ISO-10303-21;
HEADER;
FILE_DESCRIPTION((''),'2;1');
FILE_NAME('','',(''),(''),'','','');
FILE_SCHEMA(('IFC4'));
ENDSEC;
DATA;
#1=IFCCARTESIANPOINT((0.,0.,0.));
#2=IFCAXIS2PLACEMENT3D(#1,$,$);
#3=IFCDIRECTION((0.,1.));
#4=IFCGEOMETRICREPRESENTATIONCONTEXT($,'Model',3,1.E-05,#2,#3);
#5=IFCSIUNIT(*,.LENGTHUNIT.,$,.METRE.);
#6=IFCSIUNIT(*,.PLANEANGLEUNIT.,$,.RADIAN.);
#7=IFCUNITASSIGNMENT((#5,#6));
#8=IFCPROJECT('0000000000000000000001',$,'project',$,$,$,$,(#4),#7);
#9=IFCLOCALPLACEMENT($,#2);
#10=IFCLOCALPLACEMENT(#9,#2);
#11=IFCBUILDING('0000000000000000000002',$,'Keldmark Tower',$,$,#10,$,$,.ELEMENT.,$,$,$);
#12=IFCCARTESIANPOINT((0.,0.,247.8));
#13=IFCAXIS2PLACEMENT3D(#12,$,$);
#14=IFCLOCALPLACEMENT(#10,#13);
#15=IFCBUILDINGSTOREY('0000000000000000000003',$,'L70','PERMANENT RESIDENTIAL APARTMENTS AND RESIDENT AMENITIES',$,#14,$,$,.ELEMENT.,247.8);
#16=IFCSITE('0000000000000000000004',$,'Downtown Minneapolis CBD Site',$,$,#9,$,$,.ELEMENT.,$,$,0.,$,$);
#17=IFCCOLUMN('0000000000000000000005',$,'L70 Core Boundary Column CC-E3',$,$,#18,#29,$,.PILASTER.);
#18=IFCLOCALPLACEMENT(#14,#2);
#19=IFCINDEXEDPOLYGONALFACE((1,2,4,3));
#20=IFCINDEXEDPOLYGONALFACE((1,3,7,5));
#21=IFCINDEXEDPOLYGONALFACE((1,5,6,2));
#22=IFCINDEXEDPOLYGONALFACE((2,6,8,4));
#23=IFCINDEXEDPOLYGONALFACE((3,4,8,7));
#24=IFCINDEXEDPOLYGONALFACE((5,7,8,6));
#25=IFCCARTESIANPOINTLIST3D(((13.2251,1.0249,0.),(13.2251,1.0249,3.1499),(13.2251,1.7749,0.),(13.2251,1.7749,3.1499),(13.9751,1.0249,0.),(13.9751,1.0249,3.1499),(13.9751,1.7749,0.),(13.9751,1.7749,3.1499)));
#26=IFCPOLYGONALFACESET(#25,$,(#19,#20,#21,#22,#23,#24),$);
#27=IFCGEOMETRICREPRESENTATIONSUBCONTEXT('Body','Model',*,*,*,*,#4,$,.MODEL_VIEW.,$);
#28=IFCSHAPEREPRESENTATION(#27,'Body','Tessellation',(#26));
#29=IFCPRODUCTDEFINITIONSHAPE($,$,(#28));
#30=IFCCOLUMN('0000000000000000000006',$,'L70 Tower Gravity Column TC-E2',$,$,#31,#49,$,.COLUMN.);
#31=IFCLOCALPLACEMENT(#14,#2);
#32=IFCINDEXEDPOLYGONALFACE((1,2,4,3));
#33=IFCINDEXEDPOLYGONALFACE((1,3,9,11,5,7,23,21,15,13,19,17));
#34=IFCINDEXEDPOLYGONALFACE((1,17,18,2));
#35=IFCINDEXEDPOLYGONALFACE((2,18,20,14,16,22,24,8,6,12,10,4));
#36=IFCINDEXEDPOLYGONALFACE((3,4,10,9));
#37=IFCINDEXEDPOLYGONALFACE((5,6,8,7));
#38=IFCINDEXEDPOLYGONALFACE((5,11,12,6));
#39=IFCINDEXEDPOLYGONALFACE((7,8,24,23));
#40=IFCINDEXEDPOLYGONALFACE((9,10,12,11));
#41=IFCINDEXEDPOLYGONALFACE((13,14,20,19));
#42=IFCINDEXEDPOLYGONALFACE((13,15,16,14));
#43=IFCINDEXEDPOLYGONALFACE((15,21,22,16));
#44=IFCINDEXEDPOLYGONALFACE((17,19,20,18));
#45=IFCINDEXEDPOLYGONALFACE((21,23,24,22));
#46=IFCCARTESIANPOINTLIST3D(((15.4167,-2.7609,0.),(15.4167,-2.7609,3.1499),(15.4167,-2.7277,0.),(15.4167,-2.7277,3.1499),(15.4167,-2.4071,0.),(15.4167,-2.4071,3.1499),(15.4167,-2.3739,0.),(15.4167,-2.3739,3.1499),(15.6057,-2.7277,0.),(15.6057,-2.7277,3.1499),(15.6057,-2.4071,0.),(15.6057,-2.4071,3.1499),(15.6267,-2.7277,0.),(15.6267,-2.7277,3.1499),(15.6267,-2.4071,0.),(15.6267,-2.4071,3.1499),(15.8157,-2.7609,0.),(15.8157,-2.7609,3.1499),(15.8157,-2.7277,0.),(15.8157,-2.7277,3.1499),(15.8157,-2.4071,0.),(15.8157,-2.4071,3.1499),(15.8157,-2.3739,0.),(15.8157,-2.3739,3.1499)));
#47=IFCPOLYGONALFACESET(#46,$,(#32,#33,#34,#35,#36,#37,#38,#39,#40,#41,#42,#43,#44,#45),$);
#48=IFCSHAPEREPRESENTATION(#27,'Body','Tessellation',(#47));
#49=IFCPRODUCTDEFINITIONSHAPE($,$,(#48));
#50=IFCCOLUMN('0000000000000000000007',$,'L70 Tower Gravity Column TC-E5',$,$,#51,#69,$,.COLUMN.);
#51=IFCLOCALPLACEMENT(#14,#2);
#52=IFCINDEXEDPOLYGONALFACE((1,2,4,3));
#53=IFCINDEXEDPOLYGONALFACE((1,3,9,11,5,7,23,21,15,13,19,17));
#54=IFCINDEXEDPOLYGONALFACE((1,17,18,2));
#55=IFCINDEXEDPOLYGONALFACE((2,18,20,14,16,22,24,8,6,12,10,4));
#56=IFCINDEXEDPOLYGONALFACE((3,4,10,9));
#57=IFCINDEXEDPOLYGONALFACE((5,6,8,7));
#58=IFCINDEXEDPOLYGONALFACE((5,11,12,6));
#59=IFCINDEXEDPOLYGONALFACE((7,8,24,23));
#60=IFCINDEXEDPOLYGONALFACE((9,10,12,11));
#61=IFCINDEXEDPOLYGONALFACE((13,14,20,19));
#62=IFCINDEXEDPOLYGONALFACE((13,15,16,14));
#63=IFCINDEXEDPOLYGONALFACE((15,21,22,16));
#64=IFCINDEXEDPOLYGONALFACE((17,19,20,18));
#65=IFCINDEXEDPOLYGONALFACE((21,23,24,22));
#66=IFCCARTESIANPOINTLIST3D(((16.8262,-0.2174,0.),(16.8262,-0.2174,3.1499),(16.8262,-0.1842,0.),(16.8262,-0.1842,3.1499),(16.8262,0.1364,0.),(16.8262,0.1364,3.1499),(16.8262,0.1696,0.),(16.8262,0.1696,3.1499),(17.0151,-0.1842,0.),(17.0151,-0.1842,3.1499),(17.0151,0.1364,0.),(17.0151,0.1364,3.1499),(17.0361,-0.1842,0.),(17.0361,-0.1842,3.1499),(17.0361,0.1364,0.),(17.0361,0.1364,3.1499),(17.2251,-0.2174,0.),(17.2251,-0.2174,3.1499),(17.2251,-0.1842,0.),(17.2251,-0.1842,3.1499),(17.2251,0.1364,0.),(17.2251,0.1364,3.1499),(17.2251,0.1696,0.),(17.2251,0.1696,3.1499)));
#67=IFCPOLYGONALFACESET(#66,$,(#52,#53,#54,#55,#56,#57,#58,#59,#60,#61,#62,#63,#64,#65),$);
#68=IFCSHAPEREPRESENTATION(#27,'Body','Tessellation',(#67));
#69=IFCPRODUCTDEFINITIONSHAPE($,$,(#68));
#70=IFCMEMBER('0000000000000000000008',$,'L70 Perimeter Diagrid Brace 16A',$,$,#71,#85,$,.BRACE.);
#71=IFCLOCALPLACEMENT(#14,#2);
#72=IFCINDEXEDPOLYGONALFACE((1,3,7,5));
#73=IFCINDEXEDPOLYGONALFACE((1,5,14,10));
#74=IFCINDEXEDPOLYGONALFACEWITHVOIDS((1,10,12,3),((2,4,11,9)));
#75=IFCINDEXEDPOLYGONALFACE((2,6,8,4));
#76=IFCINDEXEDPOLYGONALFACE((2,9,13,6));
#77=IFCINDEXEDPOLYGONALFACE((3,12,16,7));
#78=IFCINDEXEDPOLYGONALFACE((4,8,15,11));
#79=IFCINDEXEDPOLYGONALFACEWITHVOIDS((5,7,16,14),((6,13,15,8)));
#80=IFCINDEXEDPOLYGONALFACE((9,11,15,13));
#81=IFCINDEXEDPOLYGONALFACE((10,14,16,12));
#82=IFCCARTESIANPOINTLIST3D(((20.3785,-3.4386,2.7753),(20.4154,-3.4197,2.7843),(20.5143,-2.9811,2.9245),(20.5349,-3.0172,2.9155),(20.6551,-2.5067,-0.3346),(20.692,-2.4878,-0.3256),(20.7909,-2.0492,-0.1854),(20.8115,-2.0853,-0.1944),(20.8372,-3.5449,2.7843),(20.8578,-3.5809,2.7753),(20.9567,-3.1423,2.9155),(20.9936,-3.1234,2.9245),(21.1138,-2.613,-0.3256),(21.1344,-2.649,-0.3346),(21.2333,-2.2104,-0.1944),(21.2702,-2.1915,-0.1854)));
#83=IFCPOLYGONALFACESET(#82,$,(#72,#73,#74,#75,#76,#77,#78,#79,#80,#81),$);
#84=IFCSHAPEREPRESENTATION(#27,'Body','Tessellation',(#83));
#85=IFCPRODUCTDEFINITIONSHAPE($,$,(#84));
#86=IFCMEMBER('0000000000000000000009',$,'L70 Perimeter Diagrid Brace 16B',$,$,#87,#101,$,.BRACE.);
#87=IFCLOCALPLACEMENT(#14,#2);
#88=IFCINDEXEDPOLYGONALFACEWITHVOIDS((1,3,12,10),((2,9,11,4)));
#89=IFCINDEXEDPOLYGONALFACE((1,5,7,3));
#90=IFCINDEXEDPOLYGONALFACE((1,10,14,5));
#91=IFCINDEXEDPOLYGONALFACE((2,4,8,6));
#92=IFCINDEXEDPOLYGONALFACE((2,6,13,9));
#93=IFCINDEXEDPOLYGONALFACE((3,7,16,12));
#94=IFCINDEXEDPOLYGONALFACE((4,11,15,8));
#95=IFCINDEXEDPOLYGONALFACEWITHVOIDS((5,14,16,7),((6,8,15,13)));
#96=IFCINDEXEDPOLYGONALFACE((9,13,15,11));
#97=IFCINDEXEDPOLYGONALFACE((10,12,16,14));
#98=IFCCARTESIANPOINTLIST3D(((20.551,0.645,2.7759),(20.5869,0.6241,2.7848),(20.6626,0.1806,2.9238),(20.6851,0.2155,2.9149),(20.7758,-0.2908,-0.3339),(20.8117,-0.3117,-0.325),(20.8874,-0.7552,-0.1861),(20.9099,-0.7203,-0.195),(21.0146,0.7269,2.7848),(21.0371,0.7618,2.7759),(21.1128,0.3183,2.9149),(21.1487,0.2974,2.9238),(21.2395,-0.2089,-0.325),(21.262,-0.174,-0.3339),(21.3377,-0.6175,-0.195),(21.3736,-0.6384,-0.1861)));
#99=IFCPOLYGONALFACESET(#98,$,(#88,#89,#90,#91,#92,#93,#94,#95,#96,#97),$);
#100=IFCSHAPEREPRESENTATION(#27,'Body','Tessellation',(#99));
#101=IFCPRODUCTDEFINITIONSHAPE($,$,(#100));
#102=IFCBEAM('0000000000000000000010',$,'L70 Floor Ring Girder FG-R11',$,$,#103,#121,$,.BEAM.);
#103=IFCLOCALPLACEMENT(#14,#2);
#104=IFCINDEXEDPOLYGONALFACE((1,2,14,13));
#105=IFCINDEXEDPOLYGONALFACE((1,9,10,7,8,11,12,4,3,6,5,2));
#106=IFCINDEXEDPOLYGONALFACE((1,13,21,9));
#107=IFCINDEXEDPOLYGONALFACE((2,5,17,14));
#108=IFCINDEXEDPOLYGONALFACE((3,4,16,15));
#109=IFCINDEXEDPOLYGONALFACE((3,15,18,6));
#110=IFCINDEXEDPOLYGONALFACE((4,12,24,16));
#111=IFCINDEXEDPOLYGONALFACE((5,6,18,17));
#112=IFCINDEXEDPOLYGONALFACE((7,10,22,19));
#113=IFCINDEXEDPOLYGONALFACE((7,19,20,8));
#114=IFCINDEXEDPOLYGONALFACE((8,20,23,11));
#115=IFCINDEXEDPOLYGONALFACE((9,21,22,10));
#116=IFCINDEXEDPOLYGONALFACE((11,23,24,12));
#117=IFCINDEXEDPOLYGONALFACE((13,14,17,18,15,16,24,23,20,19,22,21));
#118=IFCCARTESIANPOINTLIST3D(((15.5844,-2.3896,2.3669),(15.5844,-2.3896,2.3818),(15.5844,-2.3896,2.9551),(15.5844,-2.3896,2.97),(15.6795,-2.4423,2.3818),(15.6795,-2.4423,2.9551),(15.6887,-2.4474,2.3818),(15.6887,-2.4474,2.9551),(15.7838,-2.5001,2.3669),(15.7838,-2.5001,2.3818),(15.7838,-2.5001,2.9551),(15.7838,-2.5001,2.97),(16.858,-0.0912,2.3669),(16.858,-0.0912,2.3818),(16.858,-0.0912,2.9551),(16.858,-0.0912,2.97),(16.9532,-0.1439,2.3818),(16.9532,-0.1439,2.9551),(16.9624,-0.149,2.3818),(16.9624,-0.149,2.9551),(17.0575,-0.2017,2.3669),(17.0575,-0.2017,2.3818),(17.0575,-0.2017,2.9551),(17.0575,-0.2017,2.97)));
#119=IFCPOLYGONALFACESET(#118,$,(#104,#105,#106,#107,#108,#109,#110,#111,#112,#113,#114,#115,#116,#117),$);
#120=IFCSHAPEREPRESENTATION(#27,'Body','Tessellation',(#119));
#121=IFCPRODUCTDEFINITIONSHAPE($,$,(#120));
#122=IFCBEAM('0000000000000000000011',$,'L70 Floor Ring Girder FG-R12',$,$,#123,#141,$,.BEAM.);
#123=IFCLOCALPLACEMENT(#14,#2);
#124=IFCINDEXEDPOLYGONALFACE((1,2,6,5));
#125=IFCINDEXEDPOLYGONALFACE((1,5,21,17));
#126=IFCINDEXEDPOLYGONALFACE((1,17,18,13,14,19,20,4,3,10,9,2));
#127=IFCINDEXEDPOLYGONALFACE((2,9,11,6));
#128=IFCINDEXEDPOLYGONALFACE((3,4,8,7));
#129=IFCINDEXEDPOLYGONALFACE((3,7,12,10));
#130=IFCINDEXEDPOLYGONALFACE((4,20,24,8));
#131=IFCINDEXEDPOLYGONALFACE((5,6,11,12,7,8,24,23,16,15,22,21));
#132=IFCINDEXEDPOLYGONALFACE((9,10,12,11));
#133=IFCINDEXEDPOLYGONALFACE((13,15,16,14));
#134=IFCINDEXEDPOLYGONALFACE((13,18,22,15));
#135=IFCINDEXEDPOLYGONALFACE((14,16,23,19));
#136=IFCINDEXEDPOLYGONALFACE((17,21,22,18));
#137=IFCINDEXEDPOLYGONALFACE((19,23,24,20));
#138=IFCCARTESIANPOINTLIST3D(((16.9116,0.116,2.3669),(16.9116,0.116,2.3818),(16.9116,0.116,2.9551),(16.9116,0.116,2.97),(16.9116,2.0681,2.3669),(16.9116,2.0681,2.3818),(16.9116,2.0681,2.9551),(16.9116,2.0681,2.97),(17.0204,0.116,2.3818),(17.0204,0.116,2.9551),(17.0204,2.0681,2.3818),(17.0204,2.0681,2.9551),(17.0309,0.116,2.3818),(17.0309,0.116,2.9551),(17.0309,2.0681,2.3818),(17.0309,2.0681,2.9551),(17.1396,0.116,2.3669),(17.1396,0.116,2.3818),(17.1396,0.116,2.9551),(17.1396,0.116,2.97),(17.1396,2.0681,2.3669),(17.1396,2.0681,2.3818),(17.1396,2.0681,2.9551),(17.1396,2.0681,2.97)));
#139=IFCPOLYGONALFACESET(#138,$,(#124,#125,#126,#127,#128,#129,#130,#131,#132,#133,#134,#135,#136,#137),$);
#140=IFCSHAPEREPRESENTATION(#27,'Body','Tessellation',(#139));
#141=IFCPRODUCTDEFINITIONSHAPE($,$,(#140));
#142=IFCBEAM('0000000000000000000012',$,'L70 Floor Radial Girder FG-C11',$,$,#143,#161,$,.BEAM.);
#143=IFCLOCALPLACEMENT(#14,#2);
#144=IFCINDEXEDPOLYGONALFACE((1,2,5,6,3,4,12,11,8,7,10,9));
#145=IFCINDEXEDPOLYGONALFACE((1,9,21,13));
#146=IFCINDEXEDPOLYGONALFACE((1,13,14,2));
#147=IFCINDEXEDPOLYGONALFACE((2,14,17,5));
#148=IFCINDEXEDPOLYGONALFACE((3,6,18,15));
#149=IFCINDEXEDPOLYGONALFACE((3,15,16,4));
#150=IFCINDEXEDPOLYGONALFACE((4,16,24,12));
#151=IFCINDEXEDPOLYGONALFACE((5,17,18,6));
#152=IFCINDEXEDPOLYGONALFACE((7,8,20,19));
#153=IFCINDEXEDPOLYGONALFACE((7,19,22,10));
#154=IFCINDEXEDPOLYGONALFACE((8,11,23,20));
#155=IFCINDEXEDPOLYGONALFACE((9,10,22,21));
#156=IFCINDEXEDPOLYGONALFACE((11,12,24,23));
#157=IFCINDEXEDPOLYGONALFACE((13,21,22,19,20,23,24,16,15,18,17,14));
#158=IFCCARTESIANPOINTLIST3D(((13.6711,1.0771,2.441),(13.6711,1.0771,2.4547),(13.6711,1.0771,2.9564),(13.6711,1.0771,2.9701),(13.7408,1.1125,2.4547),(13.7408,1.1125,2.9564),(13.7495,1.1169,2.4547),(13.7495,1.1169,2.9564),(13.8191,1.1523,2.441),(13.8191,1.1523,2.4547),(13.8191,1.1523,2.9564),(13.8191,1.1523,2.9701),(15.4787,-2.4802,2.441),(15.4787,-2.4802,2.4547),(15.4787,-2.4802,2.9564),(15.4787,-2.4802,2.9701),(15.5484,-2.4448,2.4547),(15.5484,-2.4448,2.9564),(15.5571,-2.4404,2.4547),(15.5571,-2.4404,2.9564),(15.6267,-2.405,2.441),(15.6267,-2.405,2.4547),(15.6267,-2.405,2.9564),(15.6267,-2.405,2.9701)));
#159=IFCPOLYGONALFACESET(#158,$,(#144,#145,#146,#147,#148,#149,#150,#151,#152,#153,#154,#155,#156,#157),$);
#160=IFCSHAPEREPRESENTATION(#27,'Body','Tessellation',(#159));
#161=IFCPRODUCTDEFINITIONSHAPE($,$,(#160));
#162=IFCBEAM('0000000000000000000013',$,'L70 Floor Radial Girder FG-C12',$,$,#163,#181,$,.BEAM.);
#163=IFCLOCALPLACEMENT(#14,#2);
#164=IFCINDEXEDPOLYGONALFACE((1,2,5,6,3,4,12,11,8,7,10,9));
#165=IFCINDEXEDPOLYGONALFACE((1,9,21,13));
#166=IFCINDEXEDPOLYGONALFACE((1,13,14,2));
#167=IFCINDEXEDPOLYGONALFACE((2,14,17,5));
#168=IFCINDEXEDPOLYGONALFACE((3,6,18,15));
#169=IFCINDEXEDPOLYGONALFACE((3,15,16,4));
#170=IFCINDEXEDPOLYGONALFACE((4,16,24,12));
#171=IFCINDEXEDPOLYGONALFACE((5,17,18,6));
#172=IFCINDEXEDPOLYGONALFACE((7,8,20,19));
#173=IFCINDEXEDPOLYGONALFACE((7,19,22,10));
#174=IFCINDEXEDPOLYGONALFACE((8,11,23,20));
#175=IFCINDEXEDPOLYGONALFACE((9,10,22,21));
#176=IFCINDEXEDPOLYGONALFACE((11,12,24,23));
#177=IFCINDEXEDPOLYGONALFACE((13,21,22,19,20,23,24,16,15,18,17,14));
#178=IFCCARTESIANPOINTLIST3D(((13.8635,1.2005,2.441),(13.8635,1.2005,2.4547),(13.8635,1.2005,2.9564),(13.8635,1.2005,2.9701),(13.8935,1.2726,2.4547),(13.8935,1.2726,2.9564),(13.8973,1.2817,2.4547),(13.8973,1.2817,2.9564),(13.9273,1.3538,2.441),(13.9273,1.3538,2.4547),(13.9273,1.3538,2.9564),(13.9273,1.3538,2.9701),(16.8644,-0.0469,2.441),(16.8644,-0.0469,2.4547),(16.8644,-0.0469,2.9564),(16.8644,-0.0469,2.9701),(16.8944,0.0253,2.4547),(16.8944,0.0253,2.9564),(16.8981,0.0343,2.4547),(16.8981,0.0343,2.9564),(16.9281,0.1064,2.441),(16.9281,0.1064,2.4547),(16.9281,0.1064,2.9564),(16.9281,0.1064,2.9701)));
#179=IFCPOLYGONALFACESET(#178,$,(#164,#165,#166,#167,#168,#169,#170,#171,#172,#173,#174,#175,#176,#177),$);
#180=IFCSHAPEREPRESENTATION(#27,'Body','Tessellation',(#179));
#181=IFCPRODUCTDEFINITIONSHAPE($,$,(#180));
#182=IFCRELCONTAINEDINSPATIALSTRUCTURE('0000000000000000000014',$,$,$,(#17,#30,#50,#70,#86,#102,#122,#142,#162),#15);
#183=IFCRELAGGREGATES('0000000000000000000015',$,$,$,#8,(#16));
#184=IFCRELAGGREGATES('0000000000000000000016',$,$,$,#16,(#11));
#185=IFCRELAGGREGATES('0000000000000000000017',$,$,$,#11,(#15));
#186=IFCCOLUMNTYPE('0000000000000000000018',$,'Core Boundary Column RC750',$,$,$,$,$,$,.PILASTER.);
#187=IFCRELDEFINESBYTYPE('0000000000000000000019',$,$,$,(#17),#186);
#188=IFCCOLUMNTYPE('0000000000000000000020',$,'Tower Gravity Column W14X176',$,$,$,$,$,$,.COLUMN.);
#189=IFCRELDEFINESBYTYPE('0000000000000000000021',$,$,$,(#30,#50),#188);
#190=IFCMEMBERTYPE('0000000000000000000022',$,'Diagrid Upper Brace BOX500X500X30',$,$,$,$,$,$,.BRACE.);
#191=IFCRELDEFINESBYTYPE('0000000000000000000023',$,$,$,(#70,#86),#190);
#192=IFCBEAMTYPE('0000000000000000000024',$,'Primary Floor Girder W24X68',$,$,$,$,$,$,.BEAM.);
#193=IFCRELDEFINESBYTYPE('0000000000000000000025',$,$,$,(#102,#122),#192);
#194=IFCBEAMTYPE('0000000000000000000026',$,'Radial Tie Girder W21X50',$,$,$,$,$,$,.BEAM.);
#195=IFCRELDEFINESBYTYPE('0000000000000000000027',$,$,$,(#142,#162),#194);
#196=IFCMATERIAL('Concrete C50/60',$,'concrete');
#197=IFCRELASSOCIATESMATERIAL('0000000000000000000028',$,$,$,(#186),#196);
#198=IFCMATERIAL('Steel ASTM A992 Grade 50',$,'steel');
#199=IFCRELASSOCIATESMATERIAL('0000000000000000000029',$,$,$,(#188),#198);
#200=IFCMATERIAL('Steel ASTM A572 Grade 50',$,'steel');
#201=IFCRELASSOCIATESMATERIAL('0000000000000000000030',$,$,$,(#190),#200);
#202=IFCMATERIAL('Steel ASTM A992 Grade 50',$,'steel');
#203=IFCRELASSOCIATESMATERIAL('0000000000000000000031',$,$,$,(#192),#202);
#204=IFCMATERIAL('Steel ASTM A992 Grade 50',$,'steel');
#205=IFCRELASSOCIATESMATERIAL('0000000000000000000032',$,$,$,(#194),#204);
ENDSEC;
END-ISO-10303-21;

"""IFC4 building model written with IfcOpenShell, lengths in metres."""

from ifc_helpers import new_model, si_unit, direction, frame, origin, origin_2d, place, context, subcontext, project, spatial, rectangle, hollow_rectangle, i_section, extrude, material, material_profile, profile_set, type_object, element, save


model = new_model("IFC4")

# Units and contexts
model_context = context("Model", 3, precision=1e-05, world=origin(), true_north=direction((0.0, 1.0)))
body_context = subcontext(model_context, "Body", "Model", "MODEL_VIEW")
ifc_project = project(units=[si_unit("LENGTHUNIT", "METRE"), si_unit("PLANEANGLEUNIT", "RADIAN")], contexts=[model_context])

# Site, building, storey
site_placement = place(None, origin())
site = spatial("IfcSite", under=ifc_project, at=site_placement, Name="Downtown Minneapolis CBD Site", CompositionType="ELEMENT", RefElevation=0.0)
building_placement = place(site_placement, origin())
building = spatial("IfcBuilding", under=site, at=building_placement, Name="Keldmark Tower", CompositionType="ELEMENT")
storey_placement = place(building_placement, frame((0.0, 0.0, 247.8)))
storey = spatial("IfcBuildingStorey", under=building, at=storey_placement, Name="L70", Description="PERMANENT RESIDENTIAL APARTMENTS AND RESIDENT AMENITIES", CompositionType="ELEMENT", Elevation=247.8)

# Columns
ifc_material_1 = material(Name="Concrete C50/60", Category="concrete")
ifc_material_profile_1 = material_profile(ifc_material_1, rectangle(XDim=0.75, YDim=0.75, at=origin_2d()), Name="RC750X750")
ifc_profile_set_1 = profile_set([ifc_material_profile_1], Name="Concrete C50/60")
column_type_1 = type_object("IfcColumnType", Name="Core Boundary Column RC750", PredefinedType="PILASTER", material=ifc_profile_set_1)
column_placement = place(storey_placement, frame((13.6001, 1.3999, 0.0), z_axis=(0.0, 0.0, 1.0), x_axis=(1.0, 0.0, 0.0)))
element("IfcColumn", 1, at=column_placement, inside=storey, type_object=column_type_1, Name="L70 Core Boundary Column CC-E3", PredefinedType="PILASTER", context=body_context, shape_type="SweptSolid", body=[
    extrude(rectangle(XDim=0.75, YDim=0.75, at=origin_2d()), origin(), (0.0, 0.0, 1.0), 3.1499),
])
ifc_material_2 = material(Name="Steel ASTM A992 Grade 50", Category="steel")
ifc_material_profile_2 = material_profile(ifc_material_2, i_section(OverallWidth=0.3989, OverallDepth=0.387, WebThickness=0.021, FlangeThickness=0.0332, at=origin_2d()), Name="W14X176")
ifc_profile_set_2 = profile_set([ifc_material_profile_2], Name="Steel ASTM A992 Grade 50")
column_type_2 = type_object("IfcColumnType", Name="Tower Gravity Column W14X176", PredefinedType="COLUMN", material=ifc_profile_set_2)
for number, where, z_axis, x_axis, name in (
    (2, (15.6162, -2.5674, 0.0), (0.0, 0.0, 1.0), (1.0, 0.0, 0.0), "L70 Tower Gravity Column TC-E2"),
    (3, (17.0256, -0.0239, 0.0), (0.0, 0.0, 1.0), (1.0, 0.0, 0.0), "L70 Tower Gravity Column TC-E5"),
):
    element("IfcColumn", number, at=place(storey_placement, frame(where, z_axis=z_axis, x_axis=x_axis)), inside=storey, type_object=column_type_2, Name=name, PredefinedType="COLUMN", context=body_context, shape_type="SweptSolid", body=[
        extrude(i_section(OverallWidth=0.3989, OverallDepth=0.387, WebThickness=0.021, FlangeThickness=0.0332, at=origin_2d()), origin(), (0.0, 0.0, 1.0), 3.1499),
    ])

# Members
ifc_material_3 = material(Name="Steel ASTM A572 Grade 50", Category="steel")
ifc_material_profile_3 = material_profile(ifc_material_3, hollow_rectangle(XDim=0.5, YDim=0.5, WallThickness=0.03, at=origin_2d()), Name="BOX500X500X30")
ifc_profile_set_3 = profile_set([ifc_material_profile_3], Name="Steel ASTM A572 Grade 50")
member_type = type_object("IfcMemberType", Name="Diagrid Upper Brace BOX500X500X30", PredefinedType="BRACE", material=ifc_profile_set_3)
member_1_placement = place(storey_placement, frame((20.9626, -2.3491, -0.26), z_axis=(-0.084896, -0.286008, 0.954459), x_axis=(0.958659, -0.284559, 0.0)))
element("IfcMember", 4, at=member_1_placement, inside=storey, type_object=member_type, Name="L70 Perimeter Diagrid Brace 16A", PredefinedType="BRACE", context=body_context, shape_type="SweptSolid", body=[
    extrude(hollow_rectangle(XDim=0.5, YDim=0.5, WallThickness=0.03, at=origin_2d()), origin(), (0.0, 0.0, 1.0), 3.2583),
])
member_2_placement = place(storey_placement, frame((21.0747, -0.4646, -0.26), z_axis=(-0.069071, 0.28746, 0.955299), x_axis=(-0.972325, -0.233632, 0.0)))
element("IfcMember", 5, at=member_2_placement, inside=storey, type_object=member_type, Name="L70 Perimeter Diagrid Brace 16B", PredefinedType="BRACE", context=body_context, shape_type="SweptSolid", body=[
    extrude(hollow_rectangle(XDim=0.5, YDim=0.5, WallThickness=0.03, at=origin_2d()), origin(), (0.0, 0.0, 1.0), 3.2554),
])

# Beams
ifc_material_4 = material(Name="Steel ASTM A992 Grade 50", Category="steel")
ifc_material_profile_4 = material_profile(ifc_material_4, i_section(OverallWidth=0.228, OverallDepth=0.603, WebThickness=0.0105, FlangeThickness=0.0149, at=origin_2d()), Name="W24X68")
ifc_profile_set_4 = profile_set([ifc_material_profile_4], Name="Steel ASTM A992 Grade 50")
beam_type_1 = type_object("IfcBeamType", Name="Primary Floor Girder W24X68", PredefinedType="BEAM", material=ifc_profile_set_4)
beam_1_placement = place(storey_placement, frame((15.6841, -2.4448, 2.6685), z_axis=(0.48472, 0.87467, 0.0), x_axis=(-0.87467, 0.48472, 0.0)))
element("IfcBeam", 6, at=beam_1_placement, inside=storey, type_object=beam_type_1, Name="L70 Floor Ring Girder FG-R11", PredefinedType="BEAM", context=body_context, shape_type="SweptSolid", body=[
    extrude(i_section(OverallWidth=0.228, OverallDepth=0.603, WebThickness=0.0105, FlangeThickness=0.0149, at=origin_2d()), origin(), (0.0, 0.0, 1.0), 2.6277),
])
beam_2_placement = place(storey_placement, frame((17.0256, 0.116, 2.6685), z_axis=(0.0, 1.0, 0.0), x_axis=(-1.0, 0.0, 0.0)))
element("IfcBeam", 7, at=beam_2_placement, inside=storey, type_object=beam_type_1, Name="L70 Floor Ring Girder FG-R12", PredefinedType="BEAM", context=body_context, shape_type="SweptSolid", body=[
    extrude(i_section(OverallWidth=0.228, OverallDepth=0.603, WebThickness=0.0105, FlangeThickness=0.0149, at=origin_2d()), origin(), (0.0, 0.0, 1.0), 1.9521),
])
ifc_material_5 = material(Name="Steel ASTM A992 Grade 50", Category="steel")
ifc_material_profile_5 = material_profile(ifc_material_5, i_section(OverallWidth=0.166, OverallDepth=0.5291, WebThickness=0.0098, FlangeThickness=0.0137, at=origin_2d()), Name="W21X50")
ifc_profile_set_5 = profile_set([ifc_material_profile_5], Name="Steel ASTM A992 Grade 50")
beam_type_2 = type_object("IfcBeamType", Name="Radial Tie Girder W21X50", PredefinedType="BEAM", material=ifc_profile_set_5)
beam_3_placement = place(storey_placement, frame((15.5527, -2.4426, 2.7056), z_axis=(-0.453004, 0.891508, 0.0), x_axis=(-0.891508, -0.453004, 0.0)))
element("IfcBeam", 8, at=beam_3_placement, inside=storey, type_object=beam_type_2, Name="L70 Floor Radial Girder FG-C11", PredefinedType="BEAM", context=body_context, shape_type="SweptSolid", body=[
    extrude(i_section(OverallWidth=0.166, OverallDepth=0.5291, WebThickness=0.0098, FlangeThickness=0.0137, at=origin_2d()), origin(), (0.0, 0.0, 1.0), 3.9902),
])
beam_4_placement = place(storey_placement, frame((16.8962, 0.0298, 2.7056), z_axis=(-0.923403, 0.383831, 0.0), x_axis=(-0.383831, -0.923403, 0.0)))
element("IfcBeam", 9, at=beam_4_placement, inside=storey, type_object=beam_type_2, Name="L70 Floor Radial Girder FG-C12", PredefinedType="BEAM", context=body_context, shape_type="SweptSolid", body=[
    extrude(i_section(OverallWidth=0.166, OverallDepth=0.5291, WebThickness=0.0098, FlangeThickness=0.0137, at=origin_2d()), origin(), (0.0, 0.0, 1.0), 3.2498),
])

save(model, "model.ifc")
